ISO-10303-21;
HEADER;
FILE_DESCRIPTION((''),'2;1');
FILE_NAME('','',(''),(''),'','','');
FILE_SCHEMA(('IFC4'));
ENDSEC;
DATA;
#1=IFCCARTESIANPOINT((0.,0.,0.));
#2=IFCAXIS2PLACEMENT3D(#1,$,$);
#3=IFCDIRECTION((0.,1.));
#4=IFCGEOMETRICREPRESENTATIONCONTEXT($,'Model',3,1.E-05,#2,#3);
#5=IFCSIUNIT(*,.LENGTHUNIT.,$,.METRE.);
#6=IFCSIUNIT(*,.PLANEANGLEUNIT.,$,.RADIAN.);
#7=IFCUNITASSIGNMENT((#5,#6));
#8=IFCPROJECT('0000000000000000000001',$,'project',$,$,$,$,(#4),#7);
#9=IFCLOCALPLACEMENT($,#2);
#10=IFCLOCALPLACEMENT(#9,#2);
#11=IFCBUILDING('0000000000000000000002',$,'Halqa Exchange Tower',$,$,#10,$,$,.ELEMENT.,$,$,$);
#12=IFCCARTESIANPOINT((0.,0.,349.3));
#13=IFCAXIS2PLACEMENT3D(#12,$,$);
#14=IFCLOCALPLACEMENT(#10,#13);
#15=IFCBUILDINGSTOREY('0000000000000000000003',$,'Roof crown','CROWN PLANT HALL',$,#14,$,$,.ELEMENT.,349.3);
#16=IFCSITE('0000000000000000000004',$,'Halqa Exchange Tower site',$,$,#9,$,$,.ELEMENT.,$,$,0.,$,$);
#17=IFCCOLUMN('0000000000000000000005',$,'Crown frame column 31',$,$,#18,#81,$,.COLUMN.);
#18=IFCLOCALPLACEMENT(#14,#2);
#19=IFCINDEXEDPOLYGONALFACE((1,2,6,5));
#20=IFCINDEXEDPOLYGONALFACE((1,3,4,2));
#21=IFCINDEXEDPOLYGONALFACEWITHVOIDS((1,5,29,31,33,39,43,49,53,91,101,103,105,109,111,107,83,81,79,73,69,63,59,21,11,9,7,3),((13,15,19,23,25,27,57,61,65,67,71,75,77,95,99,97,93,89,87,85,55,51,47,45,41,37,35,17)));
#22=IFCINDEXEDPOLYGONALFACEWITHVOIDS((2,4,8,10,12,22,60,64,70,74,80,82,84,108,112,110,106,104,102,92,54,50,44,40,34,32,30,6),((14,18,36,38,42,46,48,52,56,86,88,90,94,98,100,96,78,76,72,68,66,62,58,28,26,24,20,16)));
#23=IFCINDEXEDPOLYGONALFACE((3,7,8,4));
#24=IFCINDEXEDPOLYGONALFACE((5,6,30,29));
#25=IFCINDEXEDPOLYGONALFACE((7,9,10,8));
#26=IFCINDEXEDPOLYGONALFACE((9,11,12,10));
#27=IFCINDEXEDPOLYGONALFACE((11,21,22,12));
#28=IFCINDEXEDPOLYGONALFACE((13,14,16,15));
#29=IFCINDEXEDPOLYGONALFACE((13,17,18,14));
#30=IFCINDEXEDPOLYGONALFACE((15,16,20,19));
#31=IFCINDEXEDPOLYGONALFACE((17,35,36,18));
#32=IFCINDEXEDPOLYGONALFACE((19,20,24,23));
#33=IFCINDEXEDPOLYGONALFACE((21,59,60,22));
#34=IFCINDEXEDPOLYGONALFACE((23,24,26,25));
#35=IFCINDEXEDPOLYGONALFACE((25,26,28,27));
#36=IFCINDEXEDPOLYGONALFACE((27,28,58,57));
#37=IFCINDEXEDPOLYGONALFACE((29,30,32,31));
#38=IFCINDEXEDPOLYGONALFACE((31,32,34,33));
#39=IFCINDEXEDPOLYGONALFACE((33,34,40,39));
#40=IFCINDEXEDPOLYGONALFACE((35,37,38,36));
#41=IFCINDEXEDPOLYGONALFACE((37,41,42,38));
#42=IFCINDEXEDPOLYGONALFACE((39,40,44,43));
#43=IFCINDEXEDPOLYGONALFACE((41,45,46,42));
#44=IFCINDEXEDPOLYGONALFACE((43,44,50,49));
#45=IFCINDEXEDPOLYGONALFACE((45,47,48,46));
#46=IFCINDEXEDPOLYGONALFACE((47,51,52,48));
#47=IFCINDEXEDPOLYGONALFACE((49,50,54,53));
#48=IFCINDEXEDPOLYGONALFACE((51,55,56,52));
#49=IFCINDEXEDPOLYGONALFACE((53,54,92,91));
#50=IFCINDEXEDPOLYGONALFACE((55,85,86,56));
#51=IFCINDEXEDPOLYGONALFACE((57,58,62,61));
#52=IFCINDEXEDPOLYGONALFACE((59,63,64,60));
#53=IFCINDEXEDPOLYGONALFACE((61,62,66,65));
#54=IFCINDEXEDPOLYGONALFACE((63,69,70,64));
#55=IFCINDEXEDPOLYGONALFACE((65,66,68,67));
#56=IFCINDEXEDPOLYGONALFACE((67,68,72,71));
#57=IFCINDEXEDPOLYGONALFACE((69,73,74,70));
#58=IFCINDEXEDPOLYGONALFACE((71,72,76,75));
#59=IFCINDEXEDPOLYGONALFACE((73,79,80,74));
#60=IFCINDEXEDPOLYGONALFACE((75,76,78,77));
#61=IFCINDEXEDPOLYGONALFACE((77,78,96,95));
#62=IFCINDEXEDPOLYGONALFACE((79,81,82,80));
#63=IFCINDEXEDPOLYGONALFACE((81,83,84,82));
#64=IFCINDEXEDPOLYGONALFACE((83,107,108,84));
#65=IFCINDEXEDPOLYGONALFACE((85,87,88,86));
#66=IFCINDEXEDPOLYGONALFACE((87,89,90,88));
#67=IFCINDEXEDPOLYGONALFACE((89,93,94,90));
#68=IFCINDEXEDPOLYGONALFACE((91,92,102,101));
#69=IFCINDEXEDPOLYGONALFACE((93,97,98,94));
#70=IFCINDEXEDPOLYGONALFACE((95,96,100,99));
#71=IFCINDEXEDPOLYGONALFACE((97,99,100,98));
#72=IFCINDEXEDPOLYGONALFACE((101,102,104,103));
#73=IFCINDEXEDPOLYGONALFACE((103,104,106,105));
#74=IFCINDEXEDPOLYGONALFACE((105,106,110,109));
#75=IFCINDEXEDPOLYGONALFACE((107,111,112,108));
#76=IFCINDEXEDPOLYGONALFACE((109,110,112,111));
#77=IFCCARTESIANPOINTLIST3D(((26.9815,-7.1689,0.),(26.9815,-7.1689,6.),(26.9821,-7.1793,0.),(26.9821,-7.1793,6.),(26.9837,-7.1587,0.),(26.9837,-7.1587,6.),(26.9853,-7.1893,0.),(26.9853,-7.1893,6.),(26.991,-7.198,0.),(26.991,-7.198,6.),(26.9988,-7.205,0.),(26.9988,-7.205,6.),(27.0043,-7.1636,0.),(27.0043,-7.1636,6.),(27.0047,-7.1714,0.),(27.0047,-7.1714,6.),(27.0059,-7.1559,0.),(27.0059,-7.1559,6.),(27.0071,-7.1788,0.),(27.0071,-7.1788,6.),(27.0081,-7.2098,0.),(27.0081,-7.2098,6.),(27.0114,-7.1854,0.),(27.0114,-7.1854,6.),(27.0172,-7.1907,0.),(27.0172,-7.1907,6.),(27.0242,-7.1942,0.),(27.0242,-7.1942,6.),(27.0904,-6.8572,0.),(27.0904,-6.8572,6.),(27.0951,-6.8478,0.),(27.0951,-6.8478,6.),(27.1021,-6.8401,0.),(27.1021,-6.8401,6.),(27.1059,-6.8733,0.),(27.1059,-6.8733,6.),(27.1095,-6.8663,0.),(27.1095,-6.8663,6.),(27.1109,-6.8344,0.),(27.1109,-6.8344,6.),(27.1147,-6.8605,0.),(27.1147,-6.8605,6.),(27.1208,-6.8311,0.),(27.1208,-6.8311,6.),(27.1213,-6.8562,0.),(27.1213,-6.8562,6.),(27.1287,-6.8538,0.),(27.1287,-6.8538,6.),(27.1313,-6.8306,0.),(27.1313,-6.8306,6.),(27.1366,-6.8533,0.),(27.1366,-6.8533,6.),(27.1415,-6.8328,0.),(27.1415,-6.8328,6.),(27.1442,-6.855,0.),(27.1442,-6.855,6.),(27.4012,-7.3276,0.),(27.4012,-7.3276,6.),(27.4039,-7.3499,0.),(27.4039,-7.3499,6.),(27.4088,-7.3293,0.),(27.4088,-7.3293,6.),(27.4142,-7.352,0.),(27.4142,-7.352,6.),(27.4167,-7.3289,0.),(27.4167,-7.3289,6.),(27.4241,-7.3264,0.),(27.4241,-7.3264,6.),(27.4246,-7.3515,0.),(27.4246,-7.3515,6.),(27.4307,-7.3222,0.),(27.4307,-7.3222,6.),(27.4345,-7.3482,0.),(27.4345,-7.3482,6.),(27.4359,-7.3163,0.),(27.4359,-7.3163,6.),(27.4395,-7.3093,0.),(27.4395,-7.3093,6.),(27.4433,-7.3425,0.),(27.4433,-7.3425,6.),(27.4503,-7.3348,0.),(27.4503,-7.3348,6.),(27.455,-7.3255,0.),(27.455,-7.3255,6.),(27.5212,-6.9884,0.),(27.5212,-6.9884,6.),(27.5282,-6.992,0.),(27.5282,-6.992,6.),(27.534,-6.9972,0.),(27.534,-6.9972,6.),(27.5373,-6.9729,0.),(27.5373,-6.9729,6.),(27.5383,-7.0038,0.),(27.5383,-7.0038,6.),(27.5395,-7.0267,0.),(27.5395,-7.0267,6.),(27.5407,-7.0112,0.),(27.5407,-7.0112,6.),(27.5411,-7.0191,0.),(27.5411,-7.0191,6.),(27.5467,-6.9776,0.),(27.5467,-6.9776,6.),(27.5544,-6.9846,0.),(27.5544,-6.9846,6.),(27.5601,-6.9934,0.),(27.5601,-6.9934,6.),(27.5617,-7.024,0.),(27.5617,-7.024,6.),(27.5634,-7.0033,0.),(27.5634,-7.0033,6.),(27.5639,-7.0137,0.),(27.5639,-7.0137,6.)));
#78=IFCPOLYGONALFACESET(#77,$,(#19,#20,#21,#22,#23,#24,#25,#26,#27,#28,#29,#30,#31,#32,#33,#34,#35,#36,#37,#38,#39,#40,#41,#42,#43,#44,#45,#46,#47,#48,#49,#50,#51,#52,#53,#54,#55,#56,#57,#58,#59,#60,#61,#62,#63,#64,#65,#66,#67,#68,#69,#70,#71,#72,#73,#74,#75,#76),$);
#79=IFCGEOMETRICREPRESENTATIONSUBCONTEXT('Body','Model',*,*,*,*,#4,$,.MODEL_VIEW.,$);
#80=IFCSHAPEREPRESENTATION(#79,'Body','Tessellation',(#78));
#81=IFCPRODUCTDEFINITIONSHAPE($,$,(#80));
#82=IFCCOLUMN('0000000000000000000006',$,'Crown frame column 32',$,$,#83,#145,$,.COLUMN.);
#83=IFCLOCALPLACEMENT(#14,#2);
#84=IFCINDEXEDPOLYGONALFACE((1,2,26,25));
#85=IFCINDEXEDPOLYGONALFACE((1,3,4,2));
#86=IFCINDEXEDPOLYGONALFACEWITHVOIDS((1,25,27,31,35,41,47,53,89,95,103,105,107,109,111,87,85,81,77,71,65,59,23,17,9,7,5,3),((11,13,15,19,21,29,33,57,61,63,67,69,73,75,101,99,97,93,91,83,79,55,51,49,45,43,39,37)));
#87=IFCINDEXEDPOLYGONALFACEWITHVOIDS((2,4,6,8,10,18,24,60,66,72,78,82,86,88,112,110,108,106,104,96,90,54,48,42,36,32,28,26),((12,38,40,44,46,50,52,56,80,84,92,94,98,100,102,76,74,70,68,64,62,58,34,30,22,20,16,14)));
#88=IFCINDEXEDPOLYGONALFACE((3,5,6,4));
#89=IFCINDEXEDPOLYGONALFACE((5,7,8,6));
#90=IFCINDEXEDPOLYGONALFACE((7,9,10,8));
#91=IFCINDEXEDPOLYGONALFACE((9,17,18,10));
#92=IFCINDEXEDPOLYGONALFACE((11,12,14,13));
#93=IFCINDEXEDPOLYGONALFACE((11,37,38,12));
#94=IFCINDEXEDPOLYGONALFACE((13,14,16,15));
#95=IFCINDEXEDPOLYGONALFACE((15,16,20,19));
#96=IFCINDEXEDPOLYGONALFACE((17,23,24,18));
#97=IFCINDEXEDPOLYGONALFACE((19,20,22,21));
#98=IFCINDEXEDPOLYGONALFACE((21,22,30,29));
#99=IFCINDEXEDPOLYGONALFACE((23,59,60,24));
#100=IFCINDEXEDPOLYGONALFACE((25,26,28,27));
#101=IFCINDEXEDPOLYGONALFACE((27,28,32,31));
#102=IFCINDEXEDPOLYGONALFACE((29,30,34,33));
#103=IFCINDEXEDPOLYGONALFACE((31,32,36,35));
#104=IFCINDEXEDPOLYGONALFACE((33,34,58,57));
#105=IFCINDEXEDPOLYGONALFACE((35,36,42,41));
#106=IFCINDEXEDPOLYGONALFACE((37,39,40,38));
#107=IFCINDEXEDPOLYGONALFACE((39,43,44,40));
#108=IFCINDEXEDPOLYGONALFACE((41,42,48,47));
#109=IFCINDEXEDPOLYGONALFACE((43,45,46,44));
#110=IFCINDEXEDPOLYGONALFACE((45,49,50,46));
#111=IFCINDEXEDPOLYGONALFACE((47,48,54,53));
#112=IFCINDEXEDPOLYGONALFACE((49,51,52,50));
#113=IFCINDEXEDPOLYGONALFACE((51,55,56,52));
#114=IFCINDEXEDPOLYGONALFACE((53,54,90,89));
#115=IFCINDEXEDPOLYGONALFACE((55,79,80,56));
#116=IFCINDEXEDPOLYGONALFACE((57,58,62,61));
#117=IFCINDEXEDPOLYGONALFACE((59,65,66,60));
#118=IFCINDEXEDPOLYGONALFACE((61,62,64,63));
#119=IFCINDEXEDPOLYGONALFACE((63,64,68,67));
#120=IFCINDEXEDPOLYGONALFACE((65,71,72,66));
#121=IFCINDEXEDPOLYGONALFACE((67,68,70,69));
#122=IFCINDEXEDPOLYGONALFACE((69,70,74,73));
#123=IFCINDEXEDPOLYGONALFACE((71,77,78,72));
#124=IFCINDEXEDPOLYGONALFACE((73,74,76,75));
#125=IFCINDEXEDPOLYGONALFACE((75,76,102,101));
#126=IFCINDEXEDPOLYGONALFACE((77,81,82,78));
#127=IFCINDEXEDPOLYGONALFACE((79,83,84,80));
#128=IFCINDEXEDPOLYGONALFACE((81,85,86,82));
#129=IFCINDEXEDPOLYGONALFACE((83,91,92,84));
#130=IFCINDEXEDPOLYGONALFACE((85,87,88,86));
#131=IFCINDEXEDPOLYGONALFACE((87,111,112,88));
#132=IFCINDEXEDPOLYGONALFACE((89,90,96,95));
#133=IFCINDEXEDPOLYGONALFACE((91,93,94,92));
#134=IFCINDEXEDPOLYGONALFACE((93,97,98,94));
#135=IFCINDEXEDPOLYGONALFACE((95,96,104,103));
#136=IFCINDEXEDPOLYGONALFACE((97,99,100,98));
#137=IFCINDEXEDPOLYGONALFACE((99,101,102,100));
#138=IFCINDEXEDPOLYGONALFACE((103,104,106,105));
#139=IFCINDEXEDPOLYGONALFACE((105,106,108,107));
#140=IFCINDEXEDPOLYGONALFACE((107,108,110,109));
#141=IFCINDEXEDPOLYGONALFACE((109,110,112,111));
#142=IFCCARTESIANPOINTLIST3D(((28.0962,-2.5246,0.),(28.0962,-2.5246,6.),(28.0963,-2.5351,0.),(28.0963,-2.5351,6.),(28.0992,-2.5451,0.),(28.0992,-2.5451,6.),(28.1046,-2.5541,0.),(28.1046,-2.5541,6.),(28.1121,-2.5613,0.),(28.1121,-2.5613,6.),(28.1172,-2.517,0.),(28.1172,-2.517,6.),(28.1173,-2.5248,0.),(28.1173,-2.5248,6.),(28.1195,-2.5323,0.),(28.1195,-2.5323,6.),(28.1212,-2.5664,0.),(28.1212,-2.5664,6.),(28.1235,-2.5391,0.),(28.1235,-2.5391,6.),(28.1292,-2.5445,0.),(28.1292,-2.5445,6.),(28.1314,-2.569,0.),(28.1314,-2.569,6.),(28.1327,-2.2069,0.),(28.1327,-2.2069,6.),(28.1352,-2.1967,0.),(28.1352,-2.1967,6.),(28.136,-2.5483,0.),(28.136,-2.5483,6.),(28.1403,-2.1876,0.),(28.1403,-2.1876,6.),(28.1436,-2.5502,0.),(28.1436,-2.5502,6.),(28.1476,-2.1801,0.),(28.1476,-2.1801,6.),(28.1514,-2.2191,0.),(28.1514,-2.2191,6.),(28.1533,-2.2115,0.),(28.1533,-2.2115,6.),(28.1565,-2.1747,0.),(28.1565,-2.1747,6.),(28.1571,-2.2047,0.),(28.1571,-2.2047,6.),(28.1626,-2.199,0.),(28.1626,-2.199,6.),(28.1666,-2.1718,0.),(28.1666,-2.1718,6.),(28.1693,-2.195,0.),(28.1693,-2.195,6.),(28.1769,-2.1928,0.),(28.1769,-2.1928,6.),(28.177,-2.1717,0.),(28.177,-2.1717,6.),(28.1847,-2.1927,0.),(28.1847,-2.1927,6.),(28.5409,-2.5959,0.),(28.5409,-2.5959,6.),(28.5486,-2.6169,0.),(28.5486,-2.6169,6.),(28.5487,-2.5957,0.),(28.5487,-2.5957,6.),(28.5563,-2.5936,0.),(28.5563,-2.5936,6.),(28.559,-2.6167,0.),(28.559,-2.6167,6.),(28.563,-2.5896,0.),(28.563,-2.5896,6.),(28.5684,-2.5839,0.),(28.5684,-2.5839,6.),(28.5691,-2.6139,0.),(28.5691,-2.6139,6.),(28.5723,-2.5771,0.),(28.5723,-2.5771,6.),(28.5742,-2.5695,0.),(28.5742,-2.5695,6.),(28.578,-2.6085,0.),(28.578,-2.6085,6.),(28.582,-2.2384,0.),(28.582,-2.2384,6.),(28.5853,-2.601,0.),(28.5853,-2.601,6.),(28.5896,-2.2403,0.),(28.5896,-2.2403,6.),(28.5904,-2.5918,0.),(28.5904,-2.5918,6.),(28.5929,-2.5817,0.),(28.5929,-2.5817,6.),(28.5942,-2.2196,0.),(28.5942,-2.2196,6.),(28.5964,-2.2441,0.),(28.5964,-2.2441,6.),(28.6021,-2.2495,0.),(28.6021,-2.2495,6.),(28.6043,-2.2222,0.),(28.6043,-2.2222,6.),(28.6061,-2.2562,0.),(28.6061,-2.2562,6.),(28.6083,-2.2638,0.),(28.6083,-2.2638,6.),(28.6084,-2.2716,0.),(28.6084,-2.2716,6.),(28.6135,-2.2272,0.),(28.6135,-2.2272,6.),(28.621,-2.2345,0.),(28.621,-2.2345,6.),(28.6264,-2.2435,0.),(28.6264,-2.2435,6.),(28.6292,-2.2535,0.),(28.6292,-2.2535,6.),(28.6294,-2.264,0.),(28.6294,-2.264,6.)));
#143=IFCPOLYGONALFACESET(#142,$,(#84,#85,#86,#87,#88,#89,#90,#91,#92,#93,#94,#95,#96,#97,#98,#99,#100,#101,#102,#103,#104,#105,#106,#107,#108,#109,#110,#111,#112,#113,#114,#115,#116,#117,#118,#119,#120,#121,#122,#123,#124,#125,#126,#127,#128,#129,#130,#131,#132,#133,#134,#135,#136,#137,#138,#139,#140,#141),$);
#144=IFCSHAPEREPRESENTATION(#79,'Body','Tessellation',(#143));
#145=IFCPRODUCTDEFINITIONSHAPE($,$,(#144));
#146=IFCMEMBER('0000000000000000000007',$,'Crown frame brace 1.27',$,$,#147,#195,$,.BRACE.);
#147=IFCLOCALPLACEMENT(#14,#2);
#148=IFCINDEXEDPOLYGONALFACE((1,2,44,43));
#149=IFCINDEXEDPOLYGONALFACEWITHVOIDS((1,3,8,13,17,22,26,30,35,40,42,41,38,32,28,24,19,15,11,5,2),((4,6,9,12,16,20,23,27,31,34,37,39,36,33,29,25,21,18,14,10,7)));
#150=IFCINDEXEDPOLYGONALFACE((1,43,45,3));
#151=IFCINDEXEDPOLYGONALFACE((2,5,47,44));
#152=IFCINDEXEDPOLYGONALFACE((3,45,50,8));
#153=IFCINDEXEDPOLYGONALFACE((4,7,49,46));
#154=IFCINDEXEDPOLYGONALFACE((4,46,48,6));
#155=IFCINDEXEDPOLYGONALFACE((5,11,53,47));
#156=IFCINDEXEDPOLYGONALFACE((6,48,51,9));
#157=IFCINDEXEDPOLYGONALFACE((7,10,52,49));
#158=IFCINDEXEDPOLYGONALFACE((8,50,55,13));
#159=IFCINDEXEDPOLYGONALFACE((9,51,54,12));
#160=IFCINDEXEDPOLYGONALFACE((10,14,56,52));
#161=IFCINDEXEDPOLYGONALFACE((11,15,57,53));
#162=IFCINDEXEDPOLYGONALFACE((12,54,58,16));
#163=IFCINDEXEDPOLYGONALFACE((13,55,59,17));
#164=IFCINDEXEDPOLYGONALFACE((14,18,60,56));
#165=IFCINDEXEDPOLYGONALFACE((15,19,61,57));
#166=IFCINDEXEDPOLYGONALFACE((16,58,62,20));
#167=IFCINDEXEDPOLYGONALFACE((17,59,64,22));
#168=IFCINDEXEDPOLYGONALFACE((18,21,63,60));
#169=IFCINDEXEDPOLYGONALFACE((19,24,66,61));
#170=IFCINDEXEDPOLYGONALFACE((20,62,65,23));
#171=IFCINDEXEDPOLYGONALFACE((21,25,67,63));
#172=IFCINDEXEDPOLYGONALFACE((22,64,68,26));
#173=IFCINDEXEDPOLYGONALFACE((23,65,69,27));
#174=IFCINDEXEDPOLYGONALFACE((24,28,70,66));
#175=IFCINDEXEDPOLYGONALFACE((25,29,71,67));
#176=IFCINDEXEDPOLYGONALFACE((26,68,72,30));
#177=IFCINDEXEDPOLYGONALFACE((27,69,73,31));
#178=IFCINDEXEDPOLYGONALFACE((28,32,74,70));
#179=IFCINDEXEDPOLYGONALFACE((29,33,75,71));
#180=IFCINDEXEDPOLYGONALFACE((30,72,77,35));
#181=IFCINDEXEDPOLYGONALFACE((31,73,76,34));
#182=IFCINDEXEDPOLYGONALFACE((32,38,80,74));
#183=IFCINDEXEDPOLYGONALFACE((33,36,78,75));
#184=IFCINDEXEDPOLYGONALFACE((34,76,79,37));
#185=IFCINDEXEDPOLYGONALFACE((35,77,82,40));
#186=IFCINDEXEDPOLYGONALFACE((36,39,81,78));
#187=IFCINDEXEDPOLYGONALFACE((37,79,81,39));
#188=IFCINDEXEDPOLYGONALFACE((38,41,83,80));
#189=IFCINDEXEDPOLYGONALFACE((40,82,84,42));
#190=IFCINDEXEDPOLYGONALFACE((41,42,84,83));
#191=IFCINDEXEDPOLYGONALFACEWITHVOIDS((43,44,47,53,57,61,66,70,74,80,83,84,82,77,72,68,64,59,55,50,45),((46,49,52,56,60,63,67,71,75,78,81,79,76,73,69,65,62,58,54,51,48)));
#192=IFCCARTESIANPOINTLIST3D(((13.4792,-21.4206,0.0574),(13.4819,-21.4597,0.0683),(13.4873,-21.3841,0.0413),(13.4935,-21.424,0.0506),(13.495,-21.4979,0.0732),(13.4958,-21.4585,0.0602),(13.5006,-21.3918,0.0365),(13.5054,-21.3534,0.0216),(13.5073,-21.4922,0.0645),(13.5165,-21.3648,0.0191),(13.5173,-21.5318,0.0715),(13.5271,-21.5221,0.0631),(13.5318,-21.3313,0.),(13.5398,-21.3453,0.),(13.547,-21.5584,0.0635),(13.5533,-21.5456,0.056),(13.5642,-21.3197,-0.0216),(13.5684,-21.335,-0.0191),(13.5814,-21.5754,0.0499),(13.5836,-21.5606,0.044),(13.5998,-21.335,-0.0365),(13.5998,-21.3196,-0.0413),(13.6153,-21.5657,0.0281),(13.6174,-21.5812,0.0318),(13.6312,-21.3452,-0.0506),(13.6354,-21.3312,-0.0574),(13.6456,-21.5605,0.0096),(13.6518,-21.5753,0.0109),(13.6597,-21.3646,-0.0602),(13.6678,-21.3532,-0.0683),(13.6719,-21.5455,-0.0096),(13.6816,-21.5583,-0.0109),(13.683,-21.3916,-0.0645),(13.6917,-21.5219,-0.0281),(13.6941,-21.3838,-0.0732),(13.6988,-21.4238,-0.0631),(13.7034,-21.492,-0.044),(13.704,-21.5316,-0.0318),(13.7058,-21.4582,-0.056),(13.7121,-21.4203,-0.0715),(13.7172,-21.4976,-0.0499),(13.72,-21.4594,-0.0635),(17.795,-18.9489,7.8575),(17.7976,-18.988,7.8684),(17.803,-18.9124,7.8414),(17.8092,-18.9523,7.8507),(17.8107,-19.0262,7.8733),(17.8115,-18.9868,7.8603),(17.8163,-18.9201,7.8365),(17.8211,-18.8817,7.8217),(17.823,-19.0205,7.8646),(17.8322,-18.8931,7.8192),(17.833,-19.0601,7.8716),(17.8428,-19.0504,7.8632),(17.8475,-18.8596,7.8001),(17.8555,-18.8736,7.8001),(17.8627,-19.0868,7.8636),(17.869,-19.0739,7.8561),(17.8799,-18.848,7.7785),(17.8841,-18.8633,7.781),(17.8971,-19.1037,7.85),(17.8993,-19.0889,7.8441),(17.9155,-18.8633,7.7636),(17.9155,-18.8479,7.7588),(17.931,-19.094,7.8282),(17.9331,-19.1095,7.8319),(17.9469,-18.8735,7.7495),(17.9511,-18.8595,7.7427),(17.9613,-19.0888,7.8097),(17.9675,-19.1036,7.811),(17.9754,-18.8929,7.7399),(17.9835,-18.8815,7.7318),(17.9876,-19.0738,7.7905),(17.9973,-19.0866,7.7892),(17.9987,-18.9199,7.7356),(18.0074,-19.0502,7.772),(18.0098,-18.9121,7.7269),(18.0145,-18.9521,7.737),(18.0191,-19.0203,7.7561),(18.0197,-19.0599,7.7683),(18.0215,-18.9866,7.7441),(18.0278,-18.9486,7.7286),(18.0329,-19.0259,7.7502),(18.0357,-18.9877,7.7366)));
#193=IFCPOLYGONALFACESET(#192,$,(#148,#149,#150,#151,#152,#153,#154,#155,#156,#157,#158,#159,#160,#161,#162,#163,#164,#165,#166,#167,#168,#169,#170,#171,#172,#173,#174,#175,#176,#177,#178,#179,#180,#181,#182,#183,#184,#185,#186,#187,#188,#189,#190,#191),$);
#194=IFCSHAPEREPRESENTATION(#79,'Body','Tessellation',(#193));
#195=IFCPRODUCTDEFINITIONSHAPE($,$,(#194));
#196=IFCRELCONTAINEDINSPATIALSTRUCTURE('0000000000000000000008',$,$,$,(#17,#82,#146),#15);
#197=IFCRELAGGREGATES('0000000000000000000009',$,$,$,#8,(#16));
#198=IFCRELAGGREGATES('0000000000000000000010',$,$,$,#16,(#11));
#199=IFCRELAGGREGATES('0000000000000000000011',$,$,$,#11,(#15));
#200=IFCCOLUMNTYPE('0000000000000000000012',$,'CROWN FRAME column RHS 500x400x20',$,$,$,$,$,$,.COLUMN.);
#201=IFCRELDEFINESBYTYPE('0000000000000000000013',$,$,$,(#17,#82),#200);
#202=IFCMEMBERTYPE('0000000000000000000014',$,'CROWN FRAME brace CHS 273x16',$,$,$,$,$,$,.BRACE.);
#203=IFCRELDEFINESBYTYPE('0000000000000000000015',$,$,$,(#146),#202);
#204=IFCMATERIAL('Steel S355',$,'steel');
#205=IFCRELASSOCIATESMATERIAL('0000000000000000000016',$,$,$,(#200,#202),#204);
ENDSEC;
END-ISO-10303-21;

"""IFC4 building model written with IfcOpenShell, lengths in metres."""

from ifc_helpers import new_model, si_unit, direction, frame, origin, origin_2d, place, context, subcontext, project, spatial, hollow_rectangle, hollow_circle, extrude, material, material_profile, profile_set, type_object, element, save


model = new_model("IFC4")

# Units and contexts
model_context = context("Model", 3, precision=1e-05, world=origin(), true_north=direction((0.0, 1.0)))
body_context = subcontext(model_context, "Body", "Model", "MODEL_VIEW")
ifc_project = project(units=[si_unit("LENGTHUNIT", "METRE"), si_unit("PLANEANGLEUNIT", "RADIAN")], contexts=[model_context])

# Site, building, storey
site_placement = place(None, origin())
site = spatial("IfcSite", under=ifc_project, at=site_placement, Name="Halqa Exchange Tower site", CompositionType="ELEMENT", RefElevation=0.0)
building_placement = place(site_placement, origin())
building = spatial("IfcBuilding", under=site, at=building_placement, Name="Halqa Exchange Tower", CompositionType="ELEMENT")
storey_placement = place(building_placement, frame((0.0, 0.0, 349.3)))
storey = spatial("IfcBuildingStorey", under=building, at=storey_placement, Name="Roof crown", Description="CROWN PLANT HALL", CompositionType="ELEMENT", Elevation=349.3)

# Columns
ifc_material_1 = material(Name="Steel S355", Category="steel")
ifc_material_profile_1 = material_profile(ifc_material_1, hollow_rectangle(XDim=0.3999, YDim=0.5, WallThickness=0.02, InnerFilletRadius=0.03, OuterFilletRadius=0.04, at=origin_2d()), Name="RHS 500x400x20")
ifc_profile_set_1 = profile_set([ifc_material_profile_1], Name="Steel S355")
column_type = type_object("IfcColumnType", Name="CROWN FRAME column RHS 500x400x20", PredefinedType="COLUMN", material=ifc_profile_set_1)
for number, where, z_axis, x_axis, name in (
    (1, (27.2727, -7.0913, 0.0), (0.0, 0.0, 1.0), (0.333624, 0.942706, 0.0), "Crown frame column 31"),
    (2, (28.3628, -2.3943, 0.0), (0.0, 0.0, 1.0), (0.11416, 0.993462, 0.0), "Crown frame column 32"),
):
    element("IfcColumn", number, at=place(storey_placement, frame(where, z_axis=z_axis, x_axis=x_axis)), inside=storey, type_object=column_type, Name=name, PredefinedType="COLUMN", context=body_context, shape_type="SweptSolid", body=[
        extrude(hollow_rectangle(XDim=0.3999, YDim=0.5, WallThickness=0.02, InnerFilletRadius=0.03, OuterFilletRadius=0.04, at=origin_2d()), origin(), (0.0, 0.0, 1.0), 6.0),
    ])

# Member
ifc_material_profile_2 = material_profile(ifc_material_1, hollow_circle(Radius=0.1365, WallThickness=0.0161, at=origin_2d()), Name="CHS 273x16")
ifc_profile_set_2 = profile_set([ifc_material_profile_2], Name="Steel S355")
member_type = type_object("IfcMemberType", Name="CROWN FRAME brace CHS 273x16", PredefinedType="BRACE", material=ifc_profile_set_2)
member_1_placement = place(storey_placement, frame((13.5996, -21.4497, 0.0), z_axis=(0.466525, 0.267189, 0.843187), x_axis=(-0.496985, 0.867759, 0.0)))
element("IfcMember", 3, at=member_1_placement, inside=storey, type_object=member_type, Name="Crown frame brace 1.27", PredefinedType="BRACE", context=body_context, shape_type="SweptSolid", body=[
    extrude(hollow_circle(Radius=0.1365, WallThickness=0.0161, at=origin_2d()), origin(), (0.0, 0.0, 1.0), 9.2507),
])

save(model, "model.ifc")
